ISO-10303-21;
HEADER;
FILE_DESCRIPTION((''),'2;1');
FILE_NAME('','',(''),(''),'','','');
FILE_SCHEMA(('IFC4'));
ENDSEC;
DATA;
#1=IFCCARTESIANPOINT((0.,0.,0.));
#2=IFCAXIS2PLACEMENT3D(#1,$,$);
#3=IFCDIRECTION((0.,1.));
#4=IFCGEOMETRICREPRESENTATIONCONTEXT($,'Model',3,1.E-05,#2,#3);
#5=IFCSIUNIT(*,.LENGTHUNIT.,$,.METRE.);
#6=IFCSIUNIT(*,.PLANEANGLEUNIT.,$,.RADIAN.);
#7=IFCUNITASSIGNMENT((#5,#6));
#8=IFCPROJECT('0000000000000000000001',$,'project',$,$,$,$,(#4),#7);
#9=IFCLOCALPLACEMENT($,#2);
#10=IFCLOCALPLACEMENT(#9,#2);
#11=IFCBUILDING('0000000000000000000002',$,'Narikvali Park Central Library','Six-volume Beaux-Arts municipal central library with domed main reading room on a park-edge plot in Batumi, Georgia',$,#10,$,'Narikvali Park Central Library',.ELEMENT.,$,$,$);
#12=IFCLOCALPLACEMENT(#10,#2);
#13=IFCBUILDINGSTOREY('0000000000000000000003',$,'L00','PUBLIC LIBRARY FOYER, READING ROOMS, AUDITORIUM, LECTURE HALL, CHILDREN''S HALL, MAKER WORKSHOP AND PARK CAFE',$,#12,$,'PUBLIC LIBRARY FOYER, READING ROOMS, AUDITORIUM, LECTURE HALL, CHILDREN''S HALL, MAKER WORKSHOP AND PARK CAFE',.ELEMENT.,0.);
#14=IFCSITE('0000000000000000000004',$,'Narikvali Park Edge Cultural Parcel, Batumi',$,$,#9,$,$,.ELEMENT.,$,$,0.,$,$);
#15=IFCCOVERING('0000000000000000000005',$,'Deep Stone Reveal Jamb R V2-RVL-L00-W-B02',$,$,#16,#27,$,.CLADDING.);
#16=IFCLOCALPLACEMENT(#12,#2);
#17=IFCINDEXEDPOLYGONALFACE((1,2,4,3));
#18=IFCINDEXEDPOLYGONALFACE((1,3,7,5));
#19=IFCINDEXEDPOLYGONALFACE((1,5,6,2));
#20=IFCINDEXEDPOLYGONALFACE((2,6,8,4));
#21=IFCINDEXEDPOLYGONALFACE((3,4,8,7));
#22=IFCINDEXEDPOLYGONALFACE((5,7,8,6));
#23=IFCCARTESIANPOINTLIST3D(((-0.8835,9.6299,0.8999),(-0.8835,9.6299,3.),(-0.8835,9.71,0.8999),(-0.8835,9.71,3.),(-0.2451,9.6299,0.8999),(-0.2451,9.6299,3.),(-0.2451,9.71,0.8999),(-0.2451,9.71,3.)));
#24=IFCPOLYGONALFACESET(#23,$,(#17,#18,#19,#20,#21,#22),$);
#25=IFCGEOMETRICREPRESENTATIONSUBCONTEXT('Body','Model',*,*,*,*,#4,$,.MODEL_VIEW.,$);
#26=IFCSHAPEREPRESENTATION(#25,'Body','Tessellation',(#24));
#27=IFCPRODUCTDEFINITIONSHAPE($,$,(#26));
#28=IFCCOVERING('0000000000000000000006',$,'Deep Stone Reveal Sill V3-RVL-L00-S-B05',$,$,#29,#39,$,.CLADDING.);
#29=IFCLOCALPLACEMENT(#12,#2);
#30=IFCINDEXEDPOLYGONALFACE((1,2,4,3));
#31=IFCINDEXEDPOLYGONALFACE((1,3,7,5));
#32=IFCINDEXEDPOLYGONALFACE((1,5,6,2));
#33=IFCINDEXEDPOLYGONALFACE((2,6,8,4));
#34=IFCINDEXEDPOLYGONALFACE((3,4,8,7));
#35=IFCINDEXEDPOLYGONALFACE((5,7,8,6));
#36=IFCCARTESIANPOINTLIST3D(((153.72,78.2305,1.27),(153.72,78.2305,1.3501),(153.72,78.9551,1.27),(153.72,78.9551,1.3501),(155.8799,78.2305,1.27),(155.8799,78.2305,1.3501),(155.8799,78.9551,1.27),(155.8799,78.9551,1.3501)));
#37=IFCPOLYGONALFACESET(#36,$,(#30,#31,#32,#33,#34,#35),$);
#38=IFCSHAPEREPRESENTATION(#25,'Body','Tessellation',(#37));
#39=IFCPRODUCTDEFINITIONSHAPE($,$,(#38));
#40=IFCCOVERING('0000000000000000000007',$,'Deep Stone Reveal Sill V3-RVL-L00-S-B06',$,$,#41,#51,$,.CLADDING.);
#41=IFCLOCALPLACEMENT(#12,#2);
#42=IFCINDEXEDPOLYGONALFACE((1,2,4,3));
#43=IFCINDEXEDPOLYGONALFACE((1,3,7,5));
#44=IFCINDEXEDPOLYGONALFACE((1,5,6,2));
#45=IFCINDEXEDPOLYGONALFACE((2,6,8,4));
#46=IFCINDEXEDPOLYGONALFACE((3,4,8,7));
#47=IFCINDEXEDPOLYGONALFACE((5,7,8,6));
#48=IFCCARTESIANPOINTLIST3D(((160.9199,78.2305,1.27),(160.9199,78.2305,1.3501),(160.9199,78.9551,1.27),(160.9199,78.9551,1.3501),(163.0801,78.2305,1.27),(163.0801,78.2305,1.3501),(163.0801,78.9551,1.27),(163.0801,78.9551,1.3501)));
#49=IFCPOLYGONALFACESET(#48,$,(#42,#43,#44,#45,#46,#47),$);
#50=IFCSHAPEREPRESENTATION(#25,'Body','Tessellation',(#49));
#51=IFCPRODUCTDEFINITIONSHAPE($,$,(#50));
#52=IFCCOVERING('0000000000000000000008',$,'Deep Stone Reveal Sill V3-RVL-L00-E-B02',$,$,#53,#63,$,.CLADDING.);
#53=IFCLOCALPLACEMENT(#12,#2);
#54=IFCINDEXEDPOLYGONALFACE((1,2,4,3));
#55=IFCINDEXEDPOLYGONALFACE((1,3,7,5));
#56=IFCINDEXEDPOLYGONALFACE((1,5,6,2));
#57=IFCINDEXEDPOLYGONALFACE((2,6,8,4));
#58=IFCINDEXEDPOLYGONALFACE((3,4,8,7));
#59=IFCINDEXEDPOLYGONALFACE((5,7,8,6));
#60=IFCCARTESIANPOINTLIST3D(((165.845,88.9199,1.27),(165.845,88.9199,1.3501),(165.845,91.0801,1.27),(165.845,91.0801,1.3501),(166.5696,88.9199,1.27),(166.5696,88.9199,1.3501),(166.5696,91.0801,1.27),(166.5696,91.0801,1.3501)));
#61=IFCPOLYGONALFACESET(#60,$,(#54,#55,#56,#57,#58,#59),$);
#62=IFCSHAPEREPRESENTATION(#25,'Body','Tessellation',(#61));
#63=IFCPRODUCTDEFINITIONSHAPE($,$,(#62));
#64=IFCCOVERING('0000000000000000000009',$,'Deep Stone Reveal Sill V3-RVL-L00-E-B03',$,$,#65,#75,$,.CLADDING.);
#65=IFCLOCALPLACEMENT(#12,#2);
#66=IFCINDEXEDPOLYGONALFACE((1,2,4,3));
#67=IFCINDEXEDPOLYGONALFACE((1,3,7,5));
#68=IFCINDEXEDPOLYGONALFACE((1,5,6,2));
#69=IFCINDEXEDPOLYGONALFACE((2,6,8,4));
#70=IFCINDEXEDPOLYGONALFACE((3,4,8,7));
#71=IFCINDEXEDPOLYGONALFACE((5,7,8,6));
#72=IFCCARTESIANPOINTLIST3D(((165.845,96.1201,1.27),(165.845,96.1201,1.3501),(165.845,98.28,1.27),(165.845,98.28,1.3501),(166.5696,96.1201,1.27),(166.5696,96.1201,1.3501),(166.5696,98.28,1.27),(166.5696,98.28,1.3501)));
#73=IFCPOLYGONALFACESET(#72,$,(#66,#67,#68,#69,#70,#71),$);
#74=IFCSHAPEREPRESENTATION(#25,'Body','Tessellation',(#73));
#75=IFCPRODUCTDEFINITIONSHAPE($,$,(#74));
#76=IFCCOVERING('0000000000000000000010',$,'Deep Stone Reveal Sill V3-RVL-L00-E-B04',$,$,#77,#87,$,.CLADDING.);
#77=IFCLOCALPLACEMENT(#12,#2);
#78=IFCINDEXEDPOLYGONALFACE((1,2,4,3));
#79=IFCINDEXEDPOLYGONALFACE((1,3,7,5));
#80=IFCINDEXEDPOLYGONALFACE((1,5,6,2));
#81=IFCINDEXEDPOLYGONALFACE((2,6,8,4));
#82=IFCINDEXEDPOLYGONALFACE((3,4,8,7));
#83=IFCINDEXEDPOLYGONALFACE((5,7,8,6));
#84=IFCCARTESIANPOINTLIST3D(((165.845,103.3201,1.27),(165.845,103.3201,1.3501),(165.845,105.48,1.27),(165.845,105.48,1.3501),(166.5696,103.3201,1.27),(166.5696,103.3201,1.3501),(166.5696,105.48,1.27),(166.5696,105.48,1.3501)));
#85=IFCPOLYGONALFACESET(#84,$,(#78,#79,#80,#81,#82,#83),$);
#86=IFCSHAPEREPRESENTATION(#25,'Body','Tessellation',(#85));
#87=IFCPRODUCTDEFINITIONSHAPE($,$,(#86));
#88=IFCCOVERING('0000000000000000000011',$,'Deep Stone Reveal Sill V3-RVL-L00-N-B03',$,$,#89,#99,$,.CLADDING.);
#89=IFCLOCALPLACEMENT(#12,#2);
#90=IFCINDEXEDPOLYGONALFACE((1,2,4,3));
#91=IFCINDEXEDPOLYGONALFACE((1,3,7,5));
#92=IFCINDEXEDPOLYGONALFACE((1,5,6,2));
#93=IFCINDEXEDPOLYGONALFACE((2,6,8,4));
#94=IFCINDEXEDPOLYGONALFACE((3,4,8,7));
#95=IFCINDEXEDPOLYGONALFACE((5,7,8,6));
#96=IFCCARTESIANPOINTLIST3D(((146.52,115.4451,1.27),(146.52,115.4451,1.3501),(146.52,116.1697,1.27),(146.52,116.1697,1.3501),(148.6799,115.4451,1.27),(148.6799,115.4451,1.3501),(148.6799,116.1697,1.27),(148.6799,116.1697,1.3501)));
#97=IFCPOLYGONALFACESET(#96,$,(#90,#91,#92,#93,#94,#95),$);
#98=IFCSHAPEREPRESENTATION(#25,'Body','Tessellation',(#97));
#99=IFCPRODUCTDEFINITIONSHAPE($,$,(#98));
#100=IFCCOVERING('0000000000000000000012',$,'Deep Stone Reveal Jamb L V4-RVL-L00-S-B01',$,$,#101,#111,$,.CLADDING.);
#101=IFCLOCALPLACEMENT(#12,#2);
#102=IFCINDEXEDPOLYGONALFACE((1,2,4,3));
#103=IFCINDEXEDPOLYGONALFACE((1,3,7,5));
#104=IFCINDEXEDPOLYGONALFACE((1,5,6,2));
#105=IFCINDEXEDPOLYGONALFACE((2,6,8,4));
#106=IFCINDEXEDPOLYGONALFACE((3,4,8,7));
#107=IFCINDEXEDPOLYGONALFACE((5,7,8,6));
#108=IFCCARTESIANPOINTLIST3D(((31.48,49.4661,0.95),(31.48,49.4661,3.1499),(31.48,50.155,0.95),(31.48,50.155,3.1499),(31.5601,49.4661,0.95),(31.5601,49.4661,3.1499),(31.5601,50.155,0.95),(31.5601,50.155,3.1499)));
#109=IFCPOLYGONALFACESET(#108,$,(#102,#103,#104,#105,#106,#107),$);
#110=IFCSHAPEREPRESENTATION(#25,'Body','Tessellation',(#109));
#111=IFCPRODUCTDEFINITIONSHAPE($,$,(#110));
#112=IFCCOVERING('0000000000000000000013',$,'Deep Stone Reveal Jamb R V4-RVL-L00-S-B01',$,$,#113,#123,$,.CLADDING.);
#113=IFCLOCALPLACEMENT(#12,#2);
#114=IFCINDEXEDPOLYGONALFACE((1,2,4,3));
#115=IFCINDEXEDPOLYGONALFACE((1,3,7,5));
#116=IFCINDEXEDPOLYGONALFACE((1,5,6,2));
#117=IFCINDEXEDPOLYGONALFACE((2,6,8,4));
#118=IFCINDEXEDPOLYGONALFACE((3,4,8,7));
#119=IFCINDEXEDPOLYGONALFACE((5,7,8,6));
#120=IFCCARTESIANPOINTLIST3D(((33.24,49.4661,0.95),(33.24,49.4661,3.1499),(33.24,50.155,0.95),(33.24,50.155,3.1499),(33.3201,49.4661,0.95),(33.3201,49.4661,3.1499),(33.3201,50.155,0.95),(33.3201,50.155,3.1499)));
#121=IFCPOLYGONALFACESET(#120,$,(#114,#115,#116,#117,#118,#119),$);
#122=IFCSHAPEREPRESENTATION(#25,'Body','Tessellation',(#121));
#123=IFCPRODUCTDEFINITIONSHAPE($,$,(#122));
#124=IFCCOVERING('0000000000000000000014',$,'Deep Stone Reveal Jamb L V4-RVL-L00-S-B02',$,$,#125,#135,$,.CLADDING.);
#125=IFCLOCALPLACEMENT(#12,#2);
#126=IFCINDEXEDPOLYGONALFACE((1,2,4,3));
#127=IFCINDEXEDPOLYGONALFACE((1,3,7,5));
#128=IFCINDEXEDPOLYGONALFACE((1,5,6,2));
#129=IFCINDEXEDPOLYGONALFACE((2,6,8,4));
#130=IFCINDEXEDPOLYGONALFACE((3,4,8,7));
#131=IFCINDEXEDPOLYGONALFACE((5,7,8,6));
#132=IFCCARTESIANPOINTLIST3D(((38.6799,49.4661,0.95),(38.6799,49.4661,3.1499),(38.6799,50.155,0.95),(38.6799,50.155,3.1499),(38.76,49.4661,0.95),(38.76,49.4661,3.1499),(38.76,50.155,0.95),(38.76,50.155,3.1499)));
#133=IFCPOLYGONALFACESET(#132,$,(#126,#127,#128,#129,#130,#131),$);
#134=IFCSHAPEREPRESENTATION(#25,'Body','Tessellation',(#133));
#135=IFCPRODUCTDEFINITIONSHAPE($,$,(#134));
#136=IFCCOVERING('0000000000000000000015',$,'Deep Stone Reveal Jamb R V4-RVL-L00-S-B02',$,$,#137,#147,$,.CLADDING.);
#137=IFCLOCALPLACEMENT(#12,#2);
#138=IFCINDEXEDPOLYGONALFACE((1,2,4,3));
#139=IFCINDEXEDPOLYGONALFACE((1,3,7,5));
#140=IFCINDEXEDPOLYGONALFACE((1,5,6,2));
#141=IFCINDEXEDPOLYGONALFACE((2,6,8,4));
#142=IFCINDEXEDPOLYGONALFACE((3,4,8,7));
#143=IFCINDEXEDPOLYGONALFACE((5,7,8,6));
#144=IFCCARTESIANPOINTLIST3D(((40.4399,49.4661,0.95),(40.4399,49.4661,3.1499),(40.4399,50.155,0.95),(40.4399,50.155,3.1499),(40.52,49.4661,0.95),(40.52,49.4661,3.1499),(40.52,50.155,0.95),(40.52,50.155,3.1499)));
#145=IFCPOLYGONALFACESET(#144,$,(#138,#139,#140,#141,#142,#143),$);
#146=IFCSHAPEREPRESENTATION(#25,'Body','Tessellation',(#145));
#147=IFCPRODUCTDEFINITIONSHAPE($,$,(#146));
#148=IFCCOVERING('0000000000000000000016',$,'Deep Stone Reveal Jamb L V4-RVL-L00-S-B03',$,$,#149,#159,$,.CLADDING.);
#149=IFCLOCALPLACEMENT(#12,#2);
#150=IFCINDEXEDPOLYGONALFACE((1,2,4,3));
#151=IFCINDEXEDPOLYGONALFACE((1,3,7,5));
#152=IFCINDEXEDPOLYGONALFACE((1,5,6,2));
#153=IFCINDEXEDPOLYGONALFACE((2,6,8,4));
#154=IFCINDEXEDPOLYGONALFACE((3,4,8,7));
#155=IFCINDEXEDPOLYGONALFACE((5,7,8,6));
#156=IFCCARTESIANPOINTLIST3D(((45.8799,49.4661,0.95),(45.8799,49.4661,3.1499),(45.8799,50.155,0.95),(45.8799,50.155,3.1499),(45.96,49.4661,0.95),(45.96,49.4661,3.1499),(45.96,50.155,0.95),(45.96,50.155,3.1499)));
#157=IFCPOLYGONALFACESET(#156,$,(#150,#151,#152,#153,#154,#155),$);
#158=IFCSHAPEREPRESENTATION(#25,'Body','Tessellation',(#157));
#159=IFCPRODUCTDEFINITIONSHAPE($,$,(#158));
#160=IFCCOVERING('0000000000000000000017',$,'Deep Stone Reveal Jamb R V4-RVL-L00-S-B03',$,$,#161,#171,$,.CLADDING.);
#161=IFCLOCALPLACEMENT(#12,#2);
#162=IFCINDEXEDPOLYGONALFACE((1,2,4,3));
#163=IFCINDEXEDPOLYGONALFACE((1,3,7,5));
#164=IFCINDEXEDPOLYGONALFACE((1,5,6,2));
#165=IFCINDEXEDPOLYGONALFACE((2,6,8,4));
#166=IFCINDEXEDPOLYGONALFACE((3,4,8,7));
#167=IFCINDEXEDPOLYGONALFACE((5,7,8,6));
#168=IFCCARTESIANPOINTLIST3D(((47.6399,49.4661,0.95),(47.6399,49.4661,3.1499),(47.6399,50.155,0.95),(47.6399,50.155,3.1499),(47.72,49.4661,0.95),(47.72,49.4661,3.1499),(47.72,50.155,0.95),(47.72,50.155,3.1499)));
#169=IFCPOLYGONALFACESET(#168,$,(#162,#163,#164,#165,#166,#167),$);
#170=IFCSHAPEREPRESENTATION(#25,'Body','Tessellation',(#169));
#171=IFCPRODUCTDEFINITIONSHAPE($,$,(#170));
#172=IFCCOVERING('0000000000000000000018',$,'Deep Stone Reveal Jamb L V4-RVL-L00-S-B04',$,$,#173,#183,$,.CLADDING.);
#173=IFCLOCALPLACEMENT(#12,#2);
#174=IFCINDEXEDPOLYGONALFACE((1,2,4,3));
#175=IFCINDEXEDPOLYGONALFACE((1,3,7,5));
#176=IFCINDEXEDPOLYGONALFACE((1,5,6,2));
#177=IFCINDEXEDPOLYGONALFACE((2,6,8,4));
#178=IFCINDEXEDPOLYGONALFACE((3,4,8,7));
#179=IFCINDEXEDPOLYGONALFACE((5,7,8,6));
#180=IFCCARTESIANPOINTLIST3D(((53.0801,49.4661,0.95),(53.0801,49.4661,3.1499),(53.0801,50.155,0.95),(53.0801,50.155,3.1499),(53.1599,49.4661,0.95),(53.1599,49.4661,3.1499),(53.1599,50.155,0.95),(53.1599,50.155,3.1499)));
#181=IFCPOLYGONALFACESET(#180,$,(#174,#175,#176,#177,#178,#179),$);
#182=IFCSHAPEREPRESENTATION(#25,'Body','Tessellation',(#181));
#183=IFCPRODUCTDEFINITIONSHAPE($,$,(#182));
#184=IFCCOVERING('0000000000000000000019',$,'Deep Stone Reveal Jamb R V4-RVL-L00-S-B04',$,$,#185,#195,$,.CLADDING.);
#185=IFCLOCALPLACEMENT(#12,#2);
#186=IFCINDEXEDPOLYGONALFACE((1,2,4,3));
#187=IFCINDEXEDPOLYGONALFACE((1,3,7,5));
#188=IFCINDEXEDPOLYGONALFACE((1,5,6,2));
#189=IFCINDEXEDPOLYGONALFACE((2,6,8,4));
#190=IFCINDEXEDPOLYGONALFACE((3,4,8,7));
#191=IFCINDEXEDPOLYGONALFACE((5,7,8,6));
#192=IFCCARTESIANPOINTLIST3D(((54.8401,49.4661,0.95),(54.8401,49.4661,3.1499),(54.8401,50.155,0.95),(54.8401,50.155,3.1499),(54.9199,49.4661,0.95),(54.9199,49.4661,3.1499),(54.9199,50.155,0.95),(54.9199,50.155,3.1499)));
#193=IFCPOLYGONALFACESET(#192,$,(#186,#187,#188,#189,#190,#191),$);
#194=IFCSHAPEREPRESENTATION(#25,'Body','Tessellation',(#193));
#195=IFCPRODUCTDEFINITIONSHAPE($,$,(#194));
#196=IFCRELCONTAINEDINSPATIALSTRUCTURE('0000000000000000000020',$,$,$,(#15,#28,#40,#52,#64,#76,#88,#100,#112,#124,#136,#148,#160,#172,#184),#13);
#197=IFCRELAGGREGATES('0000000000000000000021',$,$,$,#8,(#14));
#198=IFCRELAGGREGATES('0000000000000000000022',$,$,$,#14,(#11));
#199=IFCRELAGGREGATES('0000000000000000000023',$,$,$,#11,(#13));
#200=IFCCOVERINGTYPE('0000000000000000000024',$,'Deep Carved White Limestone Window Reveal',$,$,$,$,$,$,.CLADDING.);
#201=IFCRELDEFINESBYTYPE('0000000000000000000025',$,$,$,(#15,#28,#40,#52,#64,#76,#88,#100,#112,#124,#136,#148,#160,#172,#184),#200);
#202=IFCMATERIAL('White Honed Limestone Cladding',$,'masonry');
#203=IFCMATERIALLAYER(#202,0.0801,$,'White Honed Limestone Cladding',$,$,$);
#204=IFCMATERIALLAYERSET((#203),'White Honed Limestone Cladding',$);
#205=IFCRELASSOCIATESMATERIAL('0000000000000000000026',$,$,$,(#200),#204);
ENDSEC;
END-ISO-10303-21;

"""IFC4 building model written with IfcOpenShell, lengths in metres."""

from ifc_helpers import new_model, si_unit, direction, frame, origin, place, context, subcontext, project, spatial, polyline, outline, extrude, material, layer, layer_set, type_object, element, save


model = new_model("IFC4")

# Units and contexts
model_context = context("Model", 3, precision=1e-05, world=origin(), true_north=direction((0.0, 1.0)))
body_context = subcontext(model_context, "Body", "Model", "MODEL_VIEW")
ifc_project = project(units=[si_unit("LENGTHUNIT", "METRE"), si_unit("PLANEANGLEUNIT", "RADIAN")], contexts=[model_context])

# Site, building, storey
site_placement = place(None, origin())
site = spatial("IfcSite", under=ifc_project, at=site_placement, Name="Narikvali Park Edge Cultural Parcel, Batumi", CompositionType="ELEMENT", RefElevation=0.0)
building_placement = place(site_placement, origin())
building = spatial("IfcBuilding", under=site, at=building_placement, Name="Narikvali Park Central Library", Description="Six-volume Beaux-Arts municipal central library with domed main reading room on a park-edge plot in Batumi, Georgia", LongName="Narikvali Park Central Library", CompositionType="ELEMENT")
storey_placement = place(building_placement, origin())
storey = spatial("IfcBuildingStorey", under=building, at=storey_placement, Name="L00", Description="PUBLIC LIBRARY FOYER, READING ROOMS, AUDITORIUM, LECTURE HALL, CHILDREN'S HALL, MAKER WORKSHOP AND PARK CAFE", LongName="PUBLIC LIBRARY FOYER, READING ROOMS, AUDITORIUM, LECTURE HALL, CHILDREN'S HALL, MAKER WORKSHOP AND PARK CAFE", CompositionType="ELEMENT", Elevation=0.0)

# Coverings
ifc_material = material(Name="White Honed Limestone Cladding", Category="masonry")
ifc_layer = layer(ifc_material, 0.0801, Name="White Honed Limestone Cladding")
ifc_layer_set = layer_set([ifc_layer], Name="White Honed Limestone Cladding")
covering_type = type_object("IfcCoveringType", Name="Deep Carved White Limestone Window Reveal", PredefinedType="CLADDING", material=ifc_layer_set)
covering_1_placement = place(storey_placement, frame((0.0, 0.0, 0.8999)))
element("IfcCovering", 1, at=covering_1_placement, inside=storey, type_object=covering_type, Name="Deep Stone Reveal Jamb R V2-RVL-L00-W-B02", PredefinedType="CLADDING", context=body_context, shape_type="SweptSolid", body=[
    extrude(outline(polyline([(-0.2451, 9.71), (-0.2451, 9.6299), (-0.8835, 9.6299), (-0.8835, 9.71), (-0.2451, 9.71)])), origin(), (0.0, 0.0, 1.0), 2.1001),
])
covering_2_placement = place(storey_placement, frame((0.0, 0.0, 1.27)))
element("IfcCovering", 2, at=covering_2_placement, inside=storey, type_object=covering_type, Name="Deep Stone Reveal Sill V3-RVL-L00-S-B05", PredefinedType="CLADDING", context=body_context, shape_type="SweptSolid", body=[
    extrude(outline(polyline([(153.72, 78.9551), (155.8799, 78.9551), (155.8799, 78.2305), (153.72, 78.2305), (153.72, 78.9551)])), origin(), (0.0, 0.0, 1.0), 0.0801),
])
covering_3_placement = place(storey_placement, frame((0.0, 0.0, 1.27)))
element("IfcCovering", 3, at=covering_3_placement, inside=storey, type_object=covering_type, Name="Deep Stone Reveal Sill V3-RVL-L00-S-B06", PredefinedType="CLADDING", context=body_context, shape_type="SweptSolid", body=[
    extrude(outline(polyline([(160.9199, 78.9551), (163.0801, 78.9551), (163.0801, 78.2305), (160.9199, 78.2305), (160.9199, 78.9551)])), origin(), (0.0, 0.0, 1.0), 0.0801),
])
covering_4_placement = place(storey_placement, frame((0.0, 0.0, 1.27)))
element("IfcCovering", 4, at=covering_4_placement, inside=storey, type_object=covering_type, Name="Deep Stone Reveal Sill V3-RVL-L00-E-B02", PredefinedType="CLADDING", context=body_context, shape_type="SweptSolid", body=[
    extrude(outline(polyline([(165.845, 88.9199), (165.845, 91.0801), (166.5696, 91.0801), (166.5696, 88.9199), (165.845, 88.9199)])), origin(), (0.0, 0.0, 1.0), 0.0801),
])
covering_5_placement = place(storey_placement, frame((0.0, 0.0, 1.27)))
element("IfcCovering", 5, at=covering_5_placement, inside=storey, type_object=covering_type, Name="Deep Stone Reveal Sill V3-RVL-L00-E-B03", PredefinedType="CLADDING", context=body_context, shape_type="SweptSolid", body=[
    extrude(outline(polyline([(165.845, 96.1201), (165.845, 98.28), (166.5696, 98.28), (166.5696, 96.1201), (165.845, 96.1201)])), origin(), (0.0, 0.0, 1.0), 0.0801),
])
covering_6_placement = place(storey_placement, frame((0.0, 0.0, 1.27)))
element("IfcCovering", 6, at=covering_6_placement, inside=storey, type_object=covering_type, Name="Deep Stone Reveal Sill V3-RVL-L00-E-B04", PredefinedType="CLADDING", context=body_context, shape_type="SweptSolid", body=[
    extrude(outline(polyline([(165.845, 103.3201), (165.845, 105.48), (166.5696, 105.48), (166.5696, 103.3201), (165.845, 103.3201)])), origin(), (0.0, 0.0, 1.0), 0.0801),
])
covering_7_placement = place(storey_placement, frame((0.0, 0.0, 1.27)))
element("IfcCovering", 7, at=covering_7_placement, inside=storey, type_object=covering_type, Name="Deep Stone Reveal Sill V3-RVL-L00-N-B03", PredefinedType="CLADDING", context=body_context, shape_type="SweptSolid", body=[
    extrude(outline(polyline([(148.6799, 115.4451), (146.52, 115.4451), (146.52, 116.1697), (148.6799, 116.1697), (148.6799, 115.4451)])), origin(), (0.0, 0.0, 1.0), 0.0801),
])
covering_8_placement = place(storey_placement, frame((0.0, 0.0, 0.95)))
element("IfcCovering", 8, at=covering_8_placement, inside=storey, type_object=covering_type, Name="Deep Stone Reveal Jamb L V4-RVL-L00-S-B01", PredefinedType="CLADDING", context=body_context, shape_type="SweptSolid", body=[
    extrude(outline(polyline([(31.48, 50.155), (31.5601, 50.155), (31.5601, 49.4661), (31.48, 49.4661), (31.48, 50.155)])), origin(), (0.0, 0.0, 1.0), 2.2),
])
covering_9_placement = place(storey_placement, frame((0.0, 0.0, 0.95)))
element("IfcCovering", 9, at=covering_9_placement, inside=storey, type_object=covering_type, Name="Deep Stone Reveal Jamb R V4-RVL-L00-S-B01", PredefinedType="CLADDING", context=body_context, shape_type="SweptSolid", body=[
    extrude(outline(polyline([(33.24, 50.155), (33.3201, 50.155), (33.3201, 49.4661), (33.24, 49.4661), (33.24, 50.155)])), origin(), (0.0, 0.0, 1.0), 2.2),
])
covering_10_placement = place(storey_placement, frame((0.0, 0.0, 0.95)))
element("IfcCovering", 10, at=covering_10_placement, inside=storey, type_object=covering_type, Name="Deep Stone Reveal Jamb L V4-RVL-L00-S-B02", PredefinedType="CLADDING", context=body_context, shape_type="SweptSolid", body=[
    extrude(outline(polyline([(38.6799, 50.155), (38.76, 50.155), (38.76, 49.4661), (38.6799, 49.4661), (38.6799, 50.155)])), origin(), (0.0, 0.0, 1.0), 2.2),
])
covering_11_placement = place(storey_placement, frame((0.0, 0.0, 0.95)))
element("IfcCovering", 11, at=covering_11_placement, inside=storey, type_object=covering_type, Name="Deep Stone Reveal Jamb R V4-RVL-L00-S-B02", PredefinedType="CLADDING", context=body_context, shape_type="SweptSolid", body=[
    extrude(outline(polyline([(40.4399, 50.155), (40.52, 50.155), (40.52, 49.4661), (40.4399, 49.4661), (40.4399, 50.155)])), origin(), (0.0, 0.0, 1.0), 2.2),
])
covering_12_placement = place(storey_placement, frame((0.0, 0.0, 0.95)))
element("IfcCovering", 12, at=covering_12_placement, inside=storey, type_object=covering_type, Name="Deep Stone Reveal Jamb L V4-RVL-L00-S-B03", PredefinedType="CLADDING", context=body_context, shape_type="SweptSolid", body=[
    extrude(outline(polyline([(45.8799, 50.155), (45.96, 50.155), (45.96, 49.4661), (45.8799, 49.4661), (45.8799, 50.155)])), origin(), (0.0, 0.0, 1.0), 2.2),
])
covering_13_placement = place(storey_placement, frame((0.0, 0.0, 0.95)))
element("IfcCovering", 13, at=covering_13_placement, inside=storey, type_object=covering_type, Name="Deep Stone Reveal Jamb R V4-RVL-L00-S-B03", PredefinedType="CLADDING", context=body_context, shape_type="SweptSolid", body=[
    extrude(outline(polyline([(47.6399, 50.155), (47.72, 50.155), (47.72, 49.4661), (47.6399, 49.4661), (47.6399, 50.155)])), origin(), (0.0, 0.0, 1.0), 2.2),
])
covering_14_placement = place(storey_placement, frame((0.0, 0.0, 0.95)))
element("IfcCovering", 14, at=covering_14_placement, inside=storey, type_object=covering_type, Name="Deep Stone Reveal Jamb L V4-RVL-L00-S-B04", PredefinedType="CLADDING", context=body_context, shape_type="SweptSolid", body=[
    extrude(outline(polyline([(53.0801, 50.155), (53.1599, 50.155), (53.1599, 49.4661), (53.0801, 49.4661), (53.0801, 50.155)])), origin(), (0.0, 0.0, 1.0), 2.2),
])
covering_15_placement = place(storey_placement, frame((0.0, 0.0, 0.95)))
element("IfcCovering", 15, at=covering_15_placement, inside=storey, type_object=covering_type, Name="Deep Stone Reveal Jamb R V4-RVL-L00-S-B04", PredefinedType="CLADDING", context=body_context, shape_type="SweptSolid", body=[
    extrude(outline(polyline([(54.8401, 50.155), (54.9199, 50.155), (54.9199, 49.4661), (54.8401, 49.4661), (54.8401, 50.155)])), origin(), (0.0, 0.0, 1.0), 2.2),
])

save(model, "model.ifc")
